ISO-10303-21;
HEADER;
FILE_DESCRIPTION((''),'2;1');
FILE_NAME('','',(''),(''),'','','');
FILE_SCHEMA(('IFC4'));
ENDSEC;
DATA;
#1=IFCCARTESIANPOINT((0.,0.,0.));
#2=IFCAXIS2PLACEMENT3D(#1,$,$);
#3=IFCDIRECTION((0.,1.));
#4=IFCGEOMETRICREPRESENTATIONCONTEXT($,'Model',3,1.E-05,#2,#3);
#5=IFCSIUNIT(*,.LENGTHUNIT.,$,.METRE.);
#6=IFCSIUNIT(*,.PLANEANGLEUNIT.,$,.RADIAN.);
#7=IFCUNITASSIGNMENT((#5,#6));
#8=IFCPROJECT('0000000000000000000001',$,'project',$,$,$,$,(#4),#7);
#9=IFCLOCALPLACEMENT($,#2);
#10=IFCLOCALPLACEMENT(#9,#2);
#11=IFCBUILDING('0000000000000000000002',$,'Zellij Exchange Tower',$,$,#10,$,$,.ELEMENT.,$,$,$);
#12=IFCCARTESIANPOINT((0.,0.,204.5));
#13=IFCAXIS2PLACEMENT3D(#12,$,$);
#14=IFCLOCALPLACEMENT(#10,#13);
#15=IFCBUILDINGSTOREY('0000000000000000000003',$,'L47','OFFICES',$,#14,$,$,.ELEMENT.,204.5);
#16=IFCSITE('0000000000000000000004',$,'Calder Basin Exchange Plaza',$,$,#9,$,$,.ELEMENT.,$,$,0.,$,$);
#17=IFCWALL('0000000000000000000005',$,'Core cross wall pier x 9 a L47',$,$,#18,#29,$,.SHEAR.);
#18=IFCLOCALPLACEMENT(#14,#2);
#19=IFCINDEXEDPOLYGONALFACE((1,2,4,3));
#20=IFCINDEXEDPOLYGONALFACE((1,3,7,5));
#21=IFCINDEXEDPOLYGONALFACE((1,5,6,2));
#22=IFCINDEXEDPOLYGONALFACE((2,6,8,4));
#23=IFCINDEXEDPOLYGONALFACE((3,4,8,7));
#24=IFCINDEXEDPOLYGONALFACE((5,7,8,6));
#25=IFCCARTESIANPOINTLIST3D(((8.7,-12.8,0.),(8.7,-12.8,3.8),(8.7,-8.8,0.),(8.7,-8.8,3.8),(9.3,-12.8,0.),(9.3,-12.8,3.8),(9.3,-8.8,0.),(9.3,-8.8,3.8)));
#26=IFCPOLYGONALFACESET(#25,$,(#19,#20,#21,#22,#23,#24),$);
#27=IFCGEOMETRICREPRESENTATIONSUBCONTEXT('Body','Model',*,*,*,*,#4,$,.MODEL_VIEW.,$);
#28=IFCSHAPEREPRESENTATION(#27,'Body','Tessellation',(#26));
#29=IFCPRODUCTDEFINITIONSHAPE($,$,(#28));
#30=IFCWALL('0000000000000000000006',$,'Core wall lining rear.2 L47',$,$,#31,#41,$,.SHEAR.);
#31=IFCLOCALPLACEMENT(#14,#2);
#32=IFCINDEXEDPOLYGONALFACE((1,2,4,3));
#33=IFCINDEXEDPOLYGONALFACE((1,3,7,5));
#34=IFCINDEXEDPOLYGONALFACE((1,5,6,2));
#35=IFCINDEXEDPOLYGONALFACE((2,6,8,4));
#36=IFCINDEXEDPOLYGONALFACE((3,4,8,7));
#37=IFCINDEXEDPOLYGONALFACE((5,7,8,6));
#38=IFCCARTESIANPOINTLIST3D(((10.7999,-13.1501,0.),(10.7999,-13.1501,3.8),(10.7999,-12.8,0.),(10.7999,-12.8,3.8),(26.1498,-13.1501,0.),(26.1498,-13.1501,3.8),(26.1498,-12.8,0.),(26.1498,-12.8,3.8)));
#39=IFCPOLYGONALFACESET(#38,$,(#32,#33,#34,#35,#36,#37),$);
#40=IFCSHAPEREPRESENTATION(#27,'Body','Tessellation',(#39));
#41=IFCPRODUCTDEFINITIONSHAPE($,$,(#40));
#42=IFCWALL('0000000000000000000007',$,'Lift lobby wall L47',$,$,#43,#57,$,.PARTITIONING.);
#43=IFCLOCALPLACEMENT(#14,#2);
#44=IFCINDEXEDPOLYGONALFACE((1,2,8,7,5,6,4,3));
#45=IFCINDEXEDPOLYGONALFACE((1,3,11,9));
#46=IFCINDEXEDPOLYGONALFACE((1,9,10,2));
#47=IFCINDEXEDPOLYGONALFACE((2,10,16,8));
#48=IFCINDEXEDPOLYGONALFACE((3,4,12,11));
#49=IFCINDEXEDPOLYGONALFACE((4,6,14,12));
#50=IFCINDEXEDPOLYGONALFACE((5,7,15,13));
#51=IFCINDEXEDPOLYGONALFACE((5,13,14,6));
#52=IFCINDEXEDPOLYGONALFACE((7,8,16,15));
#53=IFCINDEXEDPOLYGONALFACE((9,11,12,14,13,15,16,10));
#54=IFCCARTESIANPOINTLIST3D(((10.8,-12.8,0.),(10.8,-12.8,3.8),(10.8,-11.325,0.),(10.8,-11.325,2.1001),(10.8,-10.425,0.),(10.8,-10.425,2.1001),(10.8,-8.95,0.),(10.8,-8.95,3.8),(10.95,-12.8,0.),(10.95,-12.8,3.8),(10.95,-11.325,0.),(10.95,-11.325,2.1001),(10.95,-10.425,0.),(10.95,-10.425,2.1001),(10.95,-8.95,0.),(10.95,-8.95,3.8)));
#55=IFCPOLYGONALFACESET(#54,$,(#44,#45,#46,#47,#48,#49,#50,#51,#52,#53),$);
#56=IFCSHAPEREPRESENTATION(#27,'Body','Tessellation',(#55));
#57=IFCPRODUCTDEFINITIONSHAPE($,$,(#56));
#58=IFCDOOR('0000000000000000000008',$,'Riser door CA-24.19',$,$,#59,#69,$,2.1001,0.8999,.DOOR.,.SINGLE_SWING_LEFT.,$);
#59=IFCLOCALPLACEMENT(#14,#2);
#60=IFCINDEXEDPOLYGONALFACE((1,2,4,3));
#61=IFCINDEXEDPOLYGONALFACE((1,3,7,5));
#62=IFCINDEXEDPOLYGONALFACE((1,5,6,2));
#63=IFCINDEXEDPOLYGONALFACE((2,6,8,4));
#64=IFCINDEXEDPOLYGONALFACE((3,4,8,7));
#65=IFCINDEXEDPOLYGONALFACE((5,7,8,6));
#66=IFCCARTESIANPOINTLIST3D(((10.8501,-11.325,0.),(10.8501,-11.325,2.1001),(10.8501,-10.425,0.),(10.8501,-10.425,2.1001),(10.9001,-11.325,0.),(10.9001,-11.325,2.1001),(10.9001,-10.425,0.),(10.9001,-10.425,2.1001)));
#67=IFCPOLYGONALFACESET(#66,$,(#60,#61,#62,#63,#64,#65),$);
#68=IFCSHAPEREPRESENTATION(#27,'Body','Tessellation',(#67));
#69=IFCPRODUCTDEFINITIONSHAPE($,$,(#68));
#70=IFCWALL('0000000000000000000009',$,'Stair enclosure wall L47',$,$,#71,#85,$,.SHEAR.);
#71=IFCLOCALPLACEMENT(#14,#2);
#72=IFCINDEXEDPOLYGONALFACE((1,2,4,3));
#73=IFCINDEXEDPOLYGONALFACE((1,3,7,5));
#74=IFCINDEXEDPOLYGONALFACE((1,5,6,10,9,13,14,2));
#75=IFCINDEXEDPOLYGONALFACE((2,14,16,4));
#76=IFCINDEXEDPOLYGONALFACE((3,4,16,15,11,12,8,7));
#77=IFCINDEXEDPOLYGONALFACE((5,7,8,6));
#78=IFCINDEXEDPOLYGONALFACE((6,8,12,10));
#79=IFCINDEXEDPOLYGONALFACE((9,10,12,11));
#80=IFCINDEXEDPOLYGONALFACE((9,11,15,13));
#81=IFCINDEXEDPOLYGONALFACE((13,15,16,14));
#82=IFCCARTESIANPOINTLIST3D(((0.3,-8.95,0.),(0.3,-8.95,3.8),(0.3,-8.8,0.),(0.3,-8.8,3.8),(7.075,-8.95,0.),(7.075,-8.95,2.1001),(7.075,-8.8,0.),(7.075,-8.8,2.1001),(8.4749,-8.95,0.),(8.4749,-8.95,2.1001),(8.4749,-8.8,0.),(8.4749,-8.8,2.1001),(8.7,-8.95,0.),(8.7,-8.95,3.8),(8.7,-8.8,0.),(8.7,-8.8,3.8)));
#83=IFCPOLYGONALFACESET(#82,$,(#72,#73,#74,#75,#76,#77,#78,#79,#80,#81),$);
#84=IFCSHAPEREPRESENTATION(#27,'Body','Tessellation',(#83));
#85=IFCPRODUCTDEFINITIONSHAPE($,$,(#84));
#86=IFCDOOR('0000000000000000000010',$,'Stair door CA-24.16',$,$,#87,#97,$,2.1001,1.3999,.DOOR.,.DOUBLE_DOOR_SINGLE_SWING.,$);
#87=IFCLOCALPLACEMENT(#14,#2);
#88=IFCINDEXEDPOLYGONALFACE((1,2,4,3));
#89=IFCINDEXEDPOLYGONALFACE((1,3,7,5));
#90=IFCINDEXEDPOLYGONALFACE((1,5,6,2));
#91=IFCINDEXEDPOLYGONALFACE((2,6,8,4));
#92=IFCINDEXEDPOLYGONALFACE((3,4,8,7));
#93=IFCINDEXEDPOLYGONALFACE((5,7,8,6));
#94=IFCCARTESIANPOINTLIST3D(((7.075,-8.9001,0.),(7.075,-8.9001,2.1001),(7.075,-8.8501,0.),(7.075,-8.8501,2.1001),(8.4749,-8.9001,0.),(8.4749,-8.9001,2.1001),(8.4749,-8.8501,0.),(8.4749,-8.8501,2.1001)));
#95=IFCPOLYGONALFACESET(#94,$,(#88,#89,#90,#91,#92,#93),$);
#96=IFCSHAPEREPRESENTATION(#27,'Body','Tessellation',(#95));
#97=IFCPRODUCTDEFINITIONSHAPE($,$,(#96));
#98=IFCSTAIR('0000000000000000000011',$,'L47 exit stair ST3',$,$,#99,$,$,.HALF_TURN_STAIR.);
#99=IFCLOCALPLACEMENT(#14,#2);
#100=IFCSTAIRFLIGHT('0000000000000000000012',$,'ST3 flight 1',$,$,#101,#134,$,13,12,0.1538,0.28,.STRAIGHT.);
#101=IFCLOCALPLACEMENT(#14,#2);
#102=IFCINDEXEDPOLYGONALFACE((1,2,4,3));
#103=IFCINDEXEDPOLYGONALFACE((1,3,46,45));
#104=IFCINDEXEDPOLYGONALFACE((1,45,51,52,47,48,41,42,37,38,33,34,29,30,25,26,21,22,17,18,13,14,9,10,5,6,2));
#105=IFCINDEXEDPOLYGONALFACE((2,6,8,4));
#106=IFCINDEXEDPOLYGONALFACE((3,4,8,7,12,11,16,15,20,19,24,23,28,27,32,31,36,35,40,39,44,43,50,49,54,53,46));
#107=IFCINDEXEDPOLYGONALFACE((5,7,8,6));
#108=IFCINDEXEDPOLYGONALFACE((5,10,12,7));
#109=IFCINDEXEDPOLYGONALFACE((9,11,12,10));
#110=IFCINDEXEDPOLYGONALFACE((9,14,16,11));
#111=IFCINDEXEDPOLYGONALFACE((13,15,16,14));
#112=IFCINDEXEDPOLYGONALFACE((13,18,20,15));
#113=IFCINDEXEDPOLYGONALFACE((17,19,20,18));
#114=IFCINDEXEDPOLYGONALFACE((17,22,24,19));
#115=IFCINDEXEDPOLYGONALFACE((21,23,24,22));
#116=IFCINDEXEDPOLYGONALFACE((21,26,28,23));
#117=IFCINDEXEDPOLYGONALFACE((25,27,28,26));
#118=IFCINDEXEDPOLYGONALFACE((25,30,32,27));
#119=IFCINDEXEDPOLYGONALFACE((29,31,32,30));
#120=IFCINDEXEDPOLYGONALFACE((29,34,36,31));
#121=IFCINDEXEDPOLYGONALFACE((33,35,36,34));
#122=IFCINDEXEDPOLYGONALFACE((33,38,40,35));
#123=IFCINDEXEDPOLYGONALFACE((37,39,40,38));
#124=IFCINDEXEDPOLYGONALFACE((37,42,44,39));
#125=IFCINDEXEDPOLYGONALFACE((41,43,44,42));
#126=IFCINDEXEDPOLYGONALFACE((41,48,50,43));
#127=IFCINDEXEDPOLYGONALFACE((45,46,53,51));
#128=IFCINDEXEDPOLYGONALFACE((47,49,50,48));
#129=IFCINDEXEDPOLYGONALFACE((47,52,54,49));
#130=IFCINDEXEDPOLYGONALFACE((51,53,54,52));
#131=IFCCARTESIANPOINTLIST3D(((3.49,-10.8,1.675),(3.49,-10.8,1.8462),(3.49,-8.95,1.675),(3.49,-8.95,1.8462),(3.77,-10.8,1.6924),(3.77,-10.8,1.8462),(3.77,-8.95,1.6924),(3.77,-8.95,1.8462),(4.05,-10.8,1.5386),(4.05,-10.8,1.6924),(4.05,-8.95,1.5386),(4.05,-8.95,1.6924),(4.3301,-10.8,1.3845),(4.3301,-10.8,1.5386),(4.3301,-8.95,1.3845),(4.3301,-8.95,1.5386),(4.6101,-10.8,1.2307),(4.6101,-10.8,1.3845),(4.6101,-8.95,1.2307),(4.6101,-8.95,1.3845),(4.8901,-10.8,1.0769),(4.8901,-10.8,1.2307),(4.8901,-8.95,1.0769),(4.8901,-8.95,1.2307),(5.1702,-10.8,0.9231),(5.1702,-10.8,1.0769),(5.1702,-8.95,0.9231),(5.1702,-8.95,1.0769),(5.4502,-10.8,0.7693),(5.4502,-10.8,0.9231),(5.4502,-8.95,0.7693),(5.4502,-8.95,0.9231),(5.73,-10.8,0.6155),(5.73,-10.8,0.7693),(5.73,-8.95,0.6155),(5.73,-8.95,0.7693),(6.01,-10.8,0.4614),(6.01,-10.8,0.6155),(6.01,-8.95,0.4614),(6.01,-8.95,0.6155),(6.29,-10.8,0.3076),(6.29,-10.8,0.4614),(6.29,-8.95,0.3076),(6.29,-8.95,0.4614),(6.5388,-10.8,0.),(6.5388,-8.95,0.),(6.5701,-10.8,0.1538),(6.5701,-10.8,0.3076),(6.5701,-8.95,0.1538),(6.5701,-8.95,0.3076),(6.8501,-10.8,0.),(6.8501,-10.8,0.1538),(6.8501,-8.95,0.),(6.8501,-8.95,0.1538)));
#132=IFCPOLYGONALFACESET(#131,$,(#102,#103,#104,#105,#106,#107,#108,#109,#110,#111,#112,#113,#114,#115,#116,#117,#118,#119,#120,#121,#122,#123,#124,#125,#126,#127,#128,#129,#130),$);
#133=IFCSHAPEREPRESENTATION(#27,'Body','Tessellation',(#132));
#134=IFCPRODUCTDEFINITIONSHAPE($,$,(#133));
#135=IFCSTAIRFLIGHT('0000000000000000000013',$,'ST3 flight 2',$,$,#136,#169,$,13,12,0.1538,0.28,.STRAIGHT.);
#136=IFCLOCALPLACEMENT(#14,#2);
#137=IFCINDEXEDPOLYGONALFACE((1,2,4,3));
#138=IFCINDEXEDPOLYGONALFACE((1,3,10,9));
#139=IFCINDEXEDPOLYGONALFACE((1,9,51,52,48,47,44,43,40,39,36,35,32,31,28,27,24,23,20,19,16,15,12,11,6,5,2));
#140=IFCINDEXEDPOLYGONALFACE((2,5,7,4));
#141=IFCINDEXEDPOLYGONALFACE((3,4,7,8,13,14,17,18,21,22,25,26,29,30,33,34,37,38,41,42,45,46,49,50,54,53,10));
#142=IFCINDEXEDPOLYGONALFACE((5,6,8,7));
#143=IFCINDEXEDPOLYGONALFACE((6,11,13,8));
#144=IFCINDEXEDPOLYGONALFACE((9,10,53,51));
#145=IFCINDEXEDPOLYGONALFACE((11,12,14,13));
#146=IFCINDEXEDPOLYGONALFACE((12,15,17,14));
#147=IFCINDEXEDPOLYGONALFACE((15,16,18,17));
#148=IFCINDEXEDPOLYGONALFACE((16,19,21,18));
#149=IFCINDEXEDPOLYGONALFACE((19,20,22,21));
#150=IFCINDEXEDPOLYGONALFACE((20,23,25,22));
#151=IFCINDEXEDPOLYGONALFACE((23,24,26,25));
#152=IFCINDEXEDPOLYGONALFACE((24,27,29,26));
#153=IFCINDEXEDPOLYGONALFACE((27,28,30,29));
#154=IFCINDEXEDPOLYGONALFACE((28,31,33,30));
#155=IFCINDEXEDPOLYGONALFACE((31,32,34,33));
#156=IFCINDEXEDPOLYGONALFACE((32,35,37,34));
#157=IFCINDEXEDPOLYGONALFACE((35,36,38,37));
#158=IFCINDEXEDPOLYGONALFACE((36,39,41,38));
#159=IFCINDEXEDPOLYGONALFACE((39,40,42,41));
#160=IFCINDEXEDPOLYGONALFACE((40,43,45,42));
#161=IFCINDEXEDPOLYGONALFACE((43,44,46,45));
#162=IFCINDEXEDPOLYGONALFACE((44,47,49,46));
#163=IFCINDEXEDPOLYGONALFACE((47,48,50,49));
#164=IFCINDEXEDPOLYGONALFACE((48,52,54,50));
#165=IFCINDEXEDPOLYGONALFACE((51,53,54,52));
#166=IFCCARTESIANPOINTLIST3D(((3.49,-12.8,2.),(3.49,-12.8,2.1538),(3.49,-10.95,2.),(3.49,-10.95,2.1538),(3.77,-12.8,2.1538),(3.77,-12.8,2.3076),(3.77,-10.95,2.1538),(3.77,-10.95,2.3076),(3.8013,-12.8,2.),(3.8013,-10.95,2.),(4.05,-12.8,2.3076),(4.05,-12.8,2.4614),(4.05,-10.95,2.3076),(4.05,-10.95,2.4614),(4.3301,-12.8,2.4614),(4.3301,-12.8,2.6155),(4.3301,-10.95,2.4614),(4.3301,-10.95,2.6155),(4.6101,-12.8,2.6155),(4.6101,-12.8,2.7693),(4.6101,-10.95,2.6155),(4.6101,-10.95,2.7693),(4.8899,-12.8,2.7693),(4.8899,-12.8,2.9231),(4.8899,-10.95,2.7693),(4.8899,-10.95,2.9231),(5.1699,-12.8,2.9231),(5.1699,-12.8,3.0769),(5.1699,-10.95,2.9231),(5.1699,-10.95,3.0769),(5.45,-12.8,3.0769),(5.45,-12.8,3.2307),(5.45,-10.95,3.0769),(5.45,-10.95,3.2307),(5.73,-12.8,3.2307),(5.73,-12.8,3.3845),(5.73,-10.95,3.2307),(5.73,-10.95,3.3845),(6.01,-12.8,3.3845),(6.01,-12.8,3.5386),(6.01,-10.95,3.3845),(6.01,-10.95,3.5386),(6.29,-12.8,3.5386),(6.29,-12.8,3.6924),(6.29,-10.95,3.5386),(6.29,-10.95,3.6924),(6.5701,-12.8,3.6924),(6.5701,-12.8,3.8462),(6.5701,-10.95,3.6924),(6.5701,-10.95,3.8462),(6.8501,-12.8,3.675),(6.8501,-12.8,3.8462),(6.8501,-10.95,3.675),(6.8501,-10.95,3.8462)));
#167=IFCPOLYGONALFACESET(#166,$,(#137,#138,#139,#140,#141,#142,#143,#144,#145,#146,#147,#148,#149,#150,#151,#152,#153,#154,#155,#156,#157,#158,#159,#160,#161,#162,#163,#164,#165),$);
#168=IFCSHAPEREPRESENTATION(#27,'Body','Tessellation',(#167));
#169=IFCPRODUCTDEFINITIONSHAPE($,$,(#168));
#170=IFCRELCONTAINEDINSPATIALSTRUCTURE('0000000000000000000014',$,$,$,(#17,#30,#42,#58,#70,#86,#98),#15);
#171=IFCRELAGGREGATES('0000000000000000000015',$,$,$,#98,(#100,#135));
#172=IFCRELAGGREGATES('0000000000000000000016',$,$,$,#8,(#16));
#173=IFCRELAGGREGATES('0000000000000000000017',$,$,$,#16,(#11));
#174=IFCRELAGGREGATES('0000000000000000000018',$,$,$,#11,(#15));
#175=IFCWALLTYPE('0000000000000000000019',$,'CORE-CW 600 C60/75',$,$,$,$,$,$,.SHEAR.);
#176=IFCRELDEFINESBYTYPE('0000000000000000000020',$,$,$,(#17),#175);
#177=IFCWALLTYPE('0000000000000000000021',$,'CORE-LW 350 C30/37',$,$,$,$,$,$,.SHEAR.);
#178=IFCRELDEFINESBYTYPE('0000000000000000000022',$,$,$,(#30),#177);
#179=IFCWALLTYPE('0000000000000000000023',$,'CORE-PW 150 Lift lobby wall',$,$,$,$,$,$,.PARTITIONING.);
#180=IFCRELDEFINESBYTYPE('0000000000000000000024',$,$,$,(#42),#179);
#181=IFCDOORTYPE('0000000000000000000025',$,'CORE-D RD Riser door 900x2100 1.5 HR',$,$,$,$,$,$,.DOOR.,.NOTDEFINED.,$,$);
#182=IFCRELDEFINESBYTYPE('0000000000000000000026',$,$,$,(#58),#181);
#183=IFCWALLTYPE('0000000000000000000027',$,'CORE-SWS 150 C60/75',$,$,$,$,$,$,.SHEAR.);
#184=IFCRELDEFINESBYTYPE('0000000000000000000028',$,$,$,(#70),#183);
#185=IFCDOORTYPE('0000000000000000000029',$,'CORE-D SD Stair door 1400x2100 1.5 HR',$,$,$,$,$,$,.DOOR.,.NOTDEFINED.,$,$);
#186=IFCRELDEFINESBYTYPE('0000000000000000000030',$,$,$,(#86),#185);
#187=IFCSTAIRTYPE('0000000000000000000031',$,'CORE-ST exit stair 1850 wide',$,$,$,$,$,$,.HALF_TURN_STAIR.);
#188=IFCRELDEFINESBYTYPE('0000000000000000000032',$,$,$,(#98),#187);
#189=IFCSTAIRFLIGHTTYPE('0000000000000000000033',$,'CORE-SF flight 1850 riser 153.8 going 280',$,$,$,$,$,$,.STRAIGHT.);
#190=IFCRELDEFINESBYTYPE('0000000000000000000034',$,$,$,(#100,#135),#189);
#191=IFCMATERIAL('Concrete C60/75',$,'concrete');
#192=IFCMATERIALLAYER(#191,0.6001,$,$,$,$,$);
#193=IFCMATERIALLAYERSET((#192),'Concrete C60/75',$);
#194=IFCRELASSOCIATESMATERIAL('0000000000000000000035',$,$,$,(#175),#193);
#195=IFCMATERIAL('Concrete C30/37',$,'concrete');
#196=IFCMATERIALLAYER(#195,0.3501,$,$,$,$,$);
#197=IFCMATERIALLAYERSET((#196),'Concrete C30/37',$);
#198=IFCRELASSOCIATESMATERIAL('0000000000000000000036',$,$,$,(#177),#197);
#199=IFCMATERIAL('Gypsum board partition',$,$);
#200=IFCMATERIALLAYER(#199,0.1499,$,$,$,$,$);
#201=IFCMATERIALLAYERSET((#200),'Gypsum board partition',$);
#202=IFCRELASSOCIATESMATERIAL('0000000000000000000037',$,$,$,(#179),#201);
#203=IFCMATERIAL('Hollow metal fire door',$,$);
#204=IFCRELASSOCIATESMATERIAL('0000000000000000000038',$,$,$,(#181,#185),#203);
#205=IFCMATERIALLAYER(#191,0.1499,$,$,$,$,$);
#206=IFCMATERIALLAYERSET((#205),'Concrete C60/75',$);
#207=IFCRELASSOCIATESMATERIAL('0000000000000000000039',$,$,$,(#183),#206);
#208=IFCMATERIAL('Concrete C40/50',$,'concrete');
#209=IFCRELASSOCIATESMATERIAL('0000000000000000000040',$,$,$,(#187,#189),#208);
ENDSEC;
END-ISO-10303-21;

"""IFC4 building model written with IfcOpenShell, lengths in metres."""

from ifc_helpers import new_model, si_unit, direction, frame, frame_2d, origin, place, context, subcontext, project, spatial, polyline, rectangle, outline, extrude, material, layer, layer_set, type_object, element, fill, aggregate, save


model = new_model("IFC4")

# Units and contexts
model_context = context("Model", 3, precision=1e-05, world=origin(), true_north=direction((0.0, 1.0)))
body_context = subcontext(model_context, "Body", "Model", "MODEL_VIEW")
ifc_project = project(units=[si_unit("LENGTHUNIT", "METRE"), si_unit("PLANEANGLEUNIT", "RADIAN")], contexts=[model_context])

# Site, building, storey
site_placement = place(None, origin())
site = spatial("IfcSite", under=ifc_project, at=site_placement, Name="Calder Basin Exchange Plaza", CompositionType="ELEMENT", RefElevation=0.0)
building_placement = place(site_placement, origin())
building = spatial("IfcBuilding", under=site, at=building_placement, Name="Zellij Exchange Tower", CompositionType="ELEMENT")
storey_placement = place(building_placement, frame((0.0, 0.0, 204.5)))
storey = spatial("IfcBuildingStorey", under=building, at=storey_placement, Name="L47", Description="OFFICES", CompositionType="ELEMENT", Elevation=204.5)

# Walls
ifc_material_1 = material(Name="Concrete C60/75", Category="concrete")
ifc_layer_1 = layer(ifc_material_1, 0.6001)
ifc_layer_set_1 = layer_set([ifc_layer_1], Name="Concrete C60/75")
wall_type_1 = type_object("IfcWallType", Name="CORE-CW 600 C60/75", PredefinedType="SHEAR", material=ifc_layer_set_1)
wall_1_placement = place(storey_placement, frame((9.0, -12.8, 0.0), z_axis=(0.0, 0.0, 1.0), x_axis=(0.0, 1.0, 0.0)))
element("IfcWall", 1, at=wall_1_placement, inside=storey, type_object=wall_type_1, Name="Core cross wall pier x 9 a L47", PredefinedType="SHEAR", context=body_context, shape_type="SweptSolid", body=[
    extrude(rectangle(XDim=4.0, YDim=0.6001, at=frame_2d((2.0, 0.0))), origin(), (0.0, 0.0, 1.0), 3.8),
])
ifc_material_2 = material(Name="Concrete C30/37", Category="concrete")
ifc_layer_2 = layer(ifc_material_2, 0.3501)
ifc_layer_set_2 = layer_set([ifc_layer_2], Name="Concrete C30/37")
wall_type_2 = type_object("IfcWallType", Name="CORE-LW 350 C30/37", PredefinedType="SHEAR", material=ifc_layer_set_2)
wall_2_placement = place(storey_placement, frame((10.8, -12.9751, 0.0), z_axis=(0.0, 0.0, 1.0), x_axis=(1.0, 0.0, 0.0)))
element("IfcWall", 2, at=wall_2_placement, inside=storey, type_object=wall_type_2, Name="Core wall lining rear.2 L47", PredefinedType="SHEAR", context=body_context, shape_type="SweptSolid", body=[
    extrude(rectangle(XDim=15.3499, YDim=0.3501, at=frame_2d((7.6748, 0.0))), origin(), (0.0, 0.0, 1.0), 3.8),
])

# Walls, openings, doors
ifc_material_3 = material(Name="Gypsum board partition")
ifc_layer_3 = layer(ifc_material_3, 0.1499)
ifc_layer_set_3 = layer_set([ifc_layer_3], Name="Gypsum board partition")
wall_type_3 = type_object("IfcWallType", Name="CORE-PW 150 Lift lobby wall", PredefinedType="PARTITIONING", material=ifc_layer_set_3)
wall_3_placement = place(storey_placement, frame((10.875, -12.8, 0.0), z_axis=(0.0, 0.0, 1.0), x_axis=(0.0, 1.0, 0.0)))
wall_3 = element("IfcWall", 3, at=wall_3_placement, inside=storey, type_object=wall_type_3, Name="Lift lobby wall L47", PredefinedType="PARTITIONING", context=body_context, shape_type="SweptSolid", body=[
    extrude(rectangle(XDim=3.8501, YDim=0.1499, at=frame_2d((1.925, 0.0))), origin(), (0.0, 0.0, 1.0), 3.8),
])
opening_1_placement = place(wall_3_placement, frame((1.4751, 0.0, 0.0)))
opening_1 = element("IfcOpeningElement", 4, at=opening_1_placement, cuts=wall_3, PredefinedType="OPENING", context=body_context, shape_type="SweptSolid", body=[
    extrude(rectangle(XDim=0.8999, YDim=2.1001, at=frame_2d((0.45, 1.05))), frame((0.0, 0.0869, 0.0), z_axis=(0.0, -1.0, 0.0), x_axis=(1.0, 0.0, 0.0)), (0.0, 0.0, 1.0), 0.1738),
])
ifc_material_4 = material(Name="Hollow metal fire door")
door_type_1 = type_object("IfcDoorType", Name="CORE-D RD Riser door 900x2100 1.5 HR", OperationType="NOTDEFINED", PredefinedType="DOOR", material=ifc_material_4)
door_1_placement = place(opening_1_placement, origin())
door_1 = element("IfcDoor", 5, at=door_1_placement, inside=storey, type_object=door_type_1, Name="Riser door CA-24.19", OperationType="SINGLE_SWING_LEFT", OverallHeight=2.1001, OverallWidth=0.8999, PredefinedType="DOOR", context=body_context, shape_type="SweptSolid", body=[
    extrude(rectangle(XDim=0.8999, YDim=2.1001, at=frame_2d((0.45, 1.05))), frame((0.0, 0.0249, 0.0), z_axis=(0.0, -1.0, 0.0), x_axis=(1.0, 0.0, 0.0)), (0.0, 0.0, 1.0), 0.05),
])
fill(opening_1, door_1)
ifc_layer_4 = layer(ifc_material_1, 0.1499)
ifc_layer_set_4 = layer_set([ifc_layer_4], Name="Concrete C60/75")
wall_type_4 = type_object("IfcWallType", Name="CORE-SWS 150 C60/75", PredefinedType="SHEAR", material=ifc_layer_set_4)
wall_4_placement = place(storey_placement, frame((0.3, -8.875, 0.0), z_axis=(0.0, 0.0, 1.0), x_axis=(1.0, 0.0, 0.0)))
wall_4 = element("IfcWall", 6, at=wall_4_placement, inside=storey, type_object=wall_type_4, Name="Stair enclosure wall L47", PredefinedType="SHEAR", context=body_context, shape_type="SweptSolid", body=[
    extrude(rectangle(XDim=8.3999, YDim=0.1499, at=frame_2d((4.2, 0.0))), origin(), (0.0, 0.0, 1.0), 3.8),
])
opening_2_placement = place(wall_4_placement, frame((6.7749, 0.0, 0.0)))
opening_2 = element("IfcOpeningElement", 7, at=opening_2_placement, cuts=wall_4, PredefinedType="OPENING", context=body_context, shape_type="SweptSolid", body=[
    extrude(rectangle(XDim=1.3999, YDim=2.1001, at=frame_2d((0.7, 1.05))), frame((0.0, 0.0869, 0.0), z_axis=(0.0, -1.0, 0.0), x_axis=(1.0, 0.0, 0.0)), (0.0, 0.0, 1.0), 0.1738),
])
door_type_2 = type_object("IfcDoorType", Name="CORE-D SD Stair door 1400x2100 1.5 HR", OperationType="NOTDEFINED", PredefinedType="DOOR", material=ifc_material_4)
door_2_placement = place(opening_2_placement, origin())
door_2 = element("IfcDoor", 8, at=door_2_placement, inside=storey, type_object=door_type_2, Name="Stair door CA-24.16", OperationType="DOUBLE_DOOR_SINGLE_SWING", OverallHeight=2.1001, OverallWidth=1.3999, PredefinedType="DOOR", context=body_context, shape_type="SweptSolid", body=[
    extrude(rectangle(XDim=1.3999, YDim=2.1001, at=frame_2d((0.7, 1.05))), frame((0.0, 0.0249, 0.0), z_axis=(0.0, -1.0, 0.0), x_axis=(1.0, 0.0, 0.0)), (0.0, 0.0, 1.0), 0.05),
])
fill(opening_2, door_2)

# Stair, stair flights
ifc_material_5 = material(Name="Concrete C40/50", Category="concrete")
stair_type = type_object("IfcStairType", Name="CORE-ST exit stair 1850 wide", PredefinedType="HALF_TURN_STAIR", material=ifc_material_5)
stair_placement = place(storey_placement, origin())
stair = element("IfcStair", 9, at=stair_placement, inside=storey, type_object=stair_type, Name="L47 exit stair ST3", PredefinedType="HALF_TURN_STAIR")
stair_flight_type = type_object("IfcStairFlightType", Name="CORE-SF flight 1850 riser 153.8 going 280", PredefinedType="STRAIGHT", material=ifc_material_5)
stair_flight_1_placement = place(storey_placement, frame((6.8501, -9.875, 0.0), z_axis=(0.0, 0.0, 1.0), x_axis=(-1.0, 0.0, 0.0)))
stair_flight_1 = element("IfcStairFlight", 10, at=stair_flight_1_placement, type_object=stair_flight_type, Name="ST3 flight 1", NumberOfRisers=13, NumberOfTreads=12, PredefinedType="STRAIGHT", RiserHeight=0.1538, TreadLength=0.28, context=body_context, shape_type="SweptSolid", body=[
    extrude(outline(polyline([(0.0, 0.0), (0.0, 0.1538), (0.28, 0.1538), (0.28, 0.3076), (0.5601, 0.3076), (0.5601, 0.4614), (0.8401, 0.4614), (0.8401, 0.6155), (1.1201, 0.6155), (1.1201, 0.7693), (1.3999, 0.7693), (1.3999, 0.9231), (1.6799, 0.9231), (1.6799, 1.0769), (1.96, 1.0769), (1.96, 1.2307), (2.24, 1.2307), (2.24, 1.3845), (2.52, 1.3845), (2.52, 1.5386), (2.8, 1.5386), (2.8, 1.6924), (3.0801, 1.6924), (3.0801, 1.8462), (3.3601, 1.8462), (3.3601, 2.0), (3.3601, 1.675), (0.3113, 0.0), (0.0, 0.0)])), frame((0.0, 0.925, 0.0), z_axis=(0.0, -1.0, 0.0), x_axis=(1.0, 0.0, 0.0)), (0.0, 0.0, 1.0), 1.8501),
])
stair_flight_2_placement = place(storey_placement, frame((3.49, -11.875, 2.0), z_axis=(0.0, 0.0, 1.0), x_axis=(1.0, 0.0, 0.0)))
stair_flight_2 = element("IfcStairFlight", 11, at=stair_flight_2_placement, type_object=stair_flight_type, Name="ST3 flight 2", NumberOfRisers=13, NumberOfTreads=12, PredefinedType="STRAIGHT", RiserHeight=0.1538, TreadLength=0.28, context=body_context, shape_type="SweptSolid", body=[
    extrude(outline(polyline([(0.0, 0.0), (0.0, 0.1538), (0.28, 0.1538), (0.28, 0.3076), (0.5601, 0.3076), (0.5601, 0.4614), (0.8401, 0.4614), (0.8401, 0.6155), (1.1201, 0.6155), (1.1201, 0.7693), (1.3999, 0.7693), (1.3999, 0.9231), (1.6799, 0.9231), (1.6799, 1.0769), (1.96, 1.0769), (1.96, 1.2307), (2.24, 1.2307), (2.24, 1.3845), (2.52, 1.3845), (2.52, 1.5386), (2.8, 1.5386), (2.8, 1.6924), (3.0801, 1.6924), (3.0801, 1.8462), (3.3601, 1.8462), (3.3601, 2.0), (3.3601, 1.675), (0.3113, 0.0), (0.0, 0.0)])), frame((0.0, 0.925, 0.0), z_axis=(0.0, -1.0, 0.0), x_axis=(1.0, 0.0, 0.0)), (0.0, 0.0, 1.0), 1.8501),
])
aggregate(stair, [stair_flight_1, stair_flight_2])

save(model, "model.ifc")
